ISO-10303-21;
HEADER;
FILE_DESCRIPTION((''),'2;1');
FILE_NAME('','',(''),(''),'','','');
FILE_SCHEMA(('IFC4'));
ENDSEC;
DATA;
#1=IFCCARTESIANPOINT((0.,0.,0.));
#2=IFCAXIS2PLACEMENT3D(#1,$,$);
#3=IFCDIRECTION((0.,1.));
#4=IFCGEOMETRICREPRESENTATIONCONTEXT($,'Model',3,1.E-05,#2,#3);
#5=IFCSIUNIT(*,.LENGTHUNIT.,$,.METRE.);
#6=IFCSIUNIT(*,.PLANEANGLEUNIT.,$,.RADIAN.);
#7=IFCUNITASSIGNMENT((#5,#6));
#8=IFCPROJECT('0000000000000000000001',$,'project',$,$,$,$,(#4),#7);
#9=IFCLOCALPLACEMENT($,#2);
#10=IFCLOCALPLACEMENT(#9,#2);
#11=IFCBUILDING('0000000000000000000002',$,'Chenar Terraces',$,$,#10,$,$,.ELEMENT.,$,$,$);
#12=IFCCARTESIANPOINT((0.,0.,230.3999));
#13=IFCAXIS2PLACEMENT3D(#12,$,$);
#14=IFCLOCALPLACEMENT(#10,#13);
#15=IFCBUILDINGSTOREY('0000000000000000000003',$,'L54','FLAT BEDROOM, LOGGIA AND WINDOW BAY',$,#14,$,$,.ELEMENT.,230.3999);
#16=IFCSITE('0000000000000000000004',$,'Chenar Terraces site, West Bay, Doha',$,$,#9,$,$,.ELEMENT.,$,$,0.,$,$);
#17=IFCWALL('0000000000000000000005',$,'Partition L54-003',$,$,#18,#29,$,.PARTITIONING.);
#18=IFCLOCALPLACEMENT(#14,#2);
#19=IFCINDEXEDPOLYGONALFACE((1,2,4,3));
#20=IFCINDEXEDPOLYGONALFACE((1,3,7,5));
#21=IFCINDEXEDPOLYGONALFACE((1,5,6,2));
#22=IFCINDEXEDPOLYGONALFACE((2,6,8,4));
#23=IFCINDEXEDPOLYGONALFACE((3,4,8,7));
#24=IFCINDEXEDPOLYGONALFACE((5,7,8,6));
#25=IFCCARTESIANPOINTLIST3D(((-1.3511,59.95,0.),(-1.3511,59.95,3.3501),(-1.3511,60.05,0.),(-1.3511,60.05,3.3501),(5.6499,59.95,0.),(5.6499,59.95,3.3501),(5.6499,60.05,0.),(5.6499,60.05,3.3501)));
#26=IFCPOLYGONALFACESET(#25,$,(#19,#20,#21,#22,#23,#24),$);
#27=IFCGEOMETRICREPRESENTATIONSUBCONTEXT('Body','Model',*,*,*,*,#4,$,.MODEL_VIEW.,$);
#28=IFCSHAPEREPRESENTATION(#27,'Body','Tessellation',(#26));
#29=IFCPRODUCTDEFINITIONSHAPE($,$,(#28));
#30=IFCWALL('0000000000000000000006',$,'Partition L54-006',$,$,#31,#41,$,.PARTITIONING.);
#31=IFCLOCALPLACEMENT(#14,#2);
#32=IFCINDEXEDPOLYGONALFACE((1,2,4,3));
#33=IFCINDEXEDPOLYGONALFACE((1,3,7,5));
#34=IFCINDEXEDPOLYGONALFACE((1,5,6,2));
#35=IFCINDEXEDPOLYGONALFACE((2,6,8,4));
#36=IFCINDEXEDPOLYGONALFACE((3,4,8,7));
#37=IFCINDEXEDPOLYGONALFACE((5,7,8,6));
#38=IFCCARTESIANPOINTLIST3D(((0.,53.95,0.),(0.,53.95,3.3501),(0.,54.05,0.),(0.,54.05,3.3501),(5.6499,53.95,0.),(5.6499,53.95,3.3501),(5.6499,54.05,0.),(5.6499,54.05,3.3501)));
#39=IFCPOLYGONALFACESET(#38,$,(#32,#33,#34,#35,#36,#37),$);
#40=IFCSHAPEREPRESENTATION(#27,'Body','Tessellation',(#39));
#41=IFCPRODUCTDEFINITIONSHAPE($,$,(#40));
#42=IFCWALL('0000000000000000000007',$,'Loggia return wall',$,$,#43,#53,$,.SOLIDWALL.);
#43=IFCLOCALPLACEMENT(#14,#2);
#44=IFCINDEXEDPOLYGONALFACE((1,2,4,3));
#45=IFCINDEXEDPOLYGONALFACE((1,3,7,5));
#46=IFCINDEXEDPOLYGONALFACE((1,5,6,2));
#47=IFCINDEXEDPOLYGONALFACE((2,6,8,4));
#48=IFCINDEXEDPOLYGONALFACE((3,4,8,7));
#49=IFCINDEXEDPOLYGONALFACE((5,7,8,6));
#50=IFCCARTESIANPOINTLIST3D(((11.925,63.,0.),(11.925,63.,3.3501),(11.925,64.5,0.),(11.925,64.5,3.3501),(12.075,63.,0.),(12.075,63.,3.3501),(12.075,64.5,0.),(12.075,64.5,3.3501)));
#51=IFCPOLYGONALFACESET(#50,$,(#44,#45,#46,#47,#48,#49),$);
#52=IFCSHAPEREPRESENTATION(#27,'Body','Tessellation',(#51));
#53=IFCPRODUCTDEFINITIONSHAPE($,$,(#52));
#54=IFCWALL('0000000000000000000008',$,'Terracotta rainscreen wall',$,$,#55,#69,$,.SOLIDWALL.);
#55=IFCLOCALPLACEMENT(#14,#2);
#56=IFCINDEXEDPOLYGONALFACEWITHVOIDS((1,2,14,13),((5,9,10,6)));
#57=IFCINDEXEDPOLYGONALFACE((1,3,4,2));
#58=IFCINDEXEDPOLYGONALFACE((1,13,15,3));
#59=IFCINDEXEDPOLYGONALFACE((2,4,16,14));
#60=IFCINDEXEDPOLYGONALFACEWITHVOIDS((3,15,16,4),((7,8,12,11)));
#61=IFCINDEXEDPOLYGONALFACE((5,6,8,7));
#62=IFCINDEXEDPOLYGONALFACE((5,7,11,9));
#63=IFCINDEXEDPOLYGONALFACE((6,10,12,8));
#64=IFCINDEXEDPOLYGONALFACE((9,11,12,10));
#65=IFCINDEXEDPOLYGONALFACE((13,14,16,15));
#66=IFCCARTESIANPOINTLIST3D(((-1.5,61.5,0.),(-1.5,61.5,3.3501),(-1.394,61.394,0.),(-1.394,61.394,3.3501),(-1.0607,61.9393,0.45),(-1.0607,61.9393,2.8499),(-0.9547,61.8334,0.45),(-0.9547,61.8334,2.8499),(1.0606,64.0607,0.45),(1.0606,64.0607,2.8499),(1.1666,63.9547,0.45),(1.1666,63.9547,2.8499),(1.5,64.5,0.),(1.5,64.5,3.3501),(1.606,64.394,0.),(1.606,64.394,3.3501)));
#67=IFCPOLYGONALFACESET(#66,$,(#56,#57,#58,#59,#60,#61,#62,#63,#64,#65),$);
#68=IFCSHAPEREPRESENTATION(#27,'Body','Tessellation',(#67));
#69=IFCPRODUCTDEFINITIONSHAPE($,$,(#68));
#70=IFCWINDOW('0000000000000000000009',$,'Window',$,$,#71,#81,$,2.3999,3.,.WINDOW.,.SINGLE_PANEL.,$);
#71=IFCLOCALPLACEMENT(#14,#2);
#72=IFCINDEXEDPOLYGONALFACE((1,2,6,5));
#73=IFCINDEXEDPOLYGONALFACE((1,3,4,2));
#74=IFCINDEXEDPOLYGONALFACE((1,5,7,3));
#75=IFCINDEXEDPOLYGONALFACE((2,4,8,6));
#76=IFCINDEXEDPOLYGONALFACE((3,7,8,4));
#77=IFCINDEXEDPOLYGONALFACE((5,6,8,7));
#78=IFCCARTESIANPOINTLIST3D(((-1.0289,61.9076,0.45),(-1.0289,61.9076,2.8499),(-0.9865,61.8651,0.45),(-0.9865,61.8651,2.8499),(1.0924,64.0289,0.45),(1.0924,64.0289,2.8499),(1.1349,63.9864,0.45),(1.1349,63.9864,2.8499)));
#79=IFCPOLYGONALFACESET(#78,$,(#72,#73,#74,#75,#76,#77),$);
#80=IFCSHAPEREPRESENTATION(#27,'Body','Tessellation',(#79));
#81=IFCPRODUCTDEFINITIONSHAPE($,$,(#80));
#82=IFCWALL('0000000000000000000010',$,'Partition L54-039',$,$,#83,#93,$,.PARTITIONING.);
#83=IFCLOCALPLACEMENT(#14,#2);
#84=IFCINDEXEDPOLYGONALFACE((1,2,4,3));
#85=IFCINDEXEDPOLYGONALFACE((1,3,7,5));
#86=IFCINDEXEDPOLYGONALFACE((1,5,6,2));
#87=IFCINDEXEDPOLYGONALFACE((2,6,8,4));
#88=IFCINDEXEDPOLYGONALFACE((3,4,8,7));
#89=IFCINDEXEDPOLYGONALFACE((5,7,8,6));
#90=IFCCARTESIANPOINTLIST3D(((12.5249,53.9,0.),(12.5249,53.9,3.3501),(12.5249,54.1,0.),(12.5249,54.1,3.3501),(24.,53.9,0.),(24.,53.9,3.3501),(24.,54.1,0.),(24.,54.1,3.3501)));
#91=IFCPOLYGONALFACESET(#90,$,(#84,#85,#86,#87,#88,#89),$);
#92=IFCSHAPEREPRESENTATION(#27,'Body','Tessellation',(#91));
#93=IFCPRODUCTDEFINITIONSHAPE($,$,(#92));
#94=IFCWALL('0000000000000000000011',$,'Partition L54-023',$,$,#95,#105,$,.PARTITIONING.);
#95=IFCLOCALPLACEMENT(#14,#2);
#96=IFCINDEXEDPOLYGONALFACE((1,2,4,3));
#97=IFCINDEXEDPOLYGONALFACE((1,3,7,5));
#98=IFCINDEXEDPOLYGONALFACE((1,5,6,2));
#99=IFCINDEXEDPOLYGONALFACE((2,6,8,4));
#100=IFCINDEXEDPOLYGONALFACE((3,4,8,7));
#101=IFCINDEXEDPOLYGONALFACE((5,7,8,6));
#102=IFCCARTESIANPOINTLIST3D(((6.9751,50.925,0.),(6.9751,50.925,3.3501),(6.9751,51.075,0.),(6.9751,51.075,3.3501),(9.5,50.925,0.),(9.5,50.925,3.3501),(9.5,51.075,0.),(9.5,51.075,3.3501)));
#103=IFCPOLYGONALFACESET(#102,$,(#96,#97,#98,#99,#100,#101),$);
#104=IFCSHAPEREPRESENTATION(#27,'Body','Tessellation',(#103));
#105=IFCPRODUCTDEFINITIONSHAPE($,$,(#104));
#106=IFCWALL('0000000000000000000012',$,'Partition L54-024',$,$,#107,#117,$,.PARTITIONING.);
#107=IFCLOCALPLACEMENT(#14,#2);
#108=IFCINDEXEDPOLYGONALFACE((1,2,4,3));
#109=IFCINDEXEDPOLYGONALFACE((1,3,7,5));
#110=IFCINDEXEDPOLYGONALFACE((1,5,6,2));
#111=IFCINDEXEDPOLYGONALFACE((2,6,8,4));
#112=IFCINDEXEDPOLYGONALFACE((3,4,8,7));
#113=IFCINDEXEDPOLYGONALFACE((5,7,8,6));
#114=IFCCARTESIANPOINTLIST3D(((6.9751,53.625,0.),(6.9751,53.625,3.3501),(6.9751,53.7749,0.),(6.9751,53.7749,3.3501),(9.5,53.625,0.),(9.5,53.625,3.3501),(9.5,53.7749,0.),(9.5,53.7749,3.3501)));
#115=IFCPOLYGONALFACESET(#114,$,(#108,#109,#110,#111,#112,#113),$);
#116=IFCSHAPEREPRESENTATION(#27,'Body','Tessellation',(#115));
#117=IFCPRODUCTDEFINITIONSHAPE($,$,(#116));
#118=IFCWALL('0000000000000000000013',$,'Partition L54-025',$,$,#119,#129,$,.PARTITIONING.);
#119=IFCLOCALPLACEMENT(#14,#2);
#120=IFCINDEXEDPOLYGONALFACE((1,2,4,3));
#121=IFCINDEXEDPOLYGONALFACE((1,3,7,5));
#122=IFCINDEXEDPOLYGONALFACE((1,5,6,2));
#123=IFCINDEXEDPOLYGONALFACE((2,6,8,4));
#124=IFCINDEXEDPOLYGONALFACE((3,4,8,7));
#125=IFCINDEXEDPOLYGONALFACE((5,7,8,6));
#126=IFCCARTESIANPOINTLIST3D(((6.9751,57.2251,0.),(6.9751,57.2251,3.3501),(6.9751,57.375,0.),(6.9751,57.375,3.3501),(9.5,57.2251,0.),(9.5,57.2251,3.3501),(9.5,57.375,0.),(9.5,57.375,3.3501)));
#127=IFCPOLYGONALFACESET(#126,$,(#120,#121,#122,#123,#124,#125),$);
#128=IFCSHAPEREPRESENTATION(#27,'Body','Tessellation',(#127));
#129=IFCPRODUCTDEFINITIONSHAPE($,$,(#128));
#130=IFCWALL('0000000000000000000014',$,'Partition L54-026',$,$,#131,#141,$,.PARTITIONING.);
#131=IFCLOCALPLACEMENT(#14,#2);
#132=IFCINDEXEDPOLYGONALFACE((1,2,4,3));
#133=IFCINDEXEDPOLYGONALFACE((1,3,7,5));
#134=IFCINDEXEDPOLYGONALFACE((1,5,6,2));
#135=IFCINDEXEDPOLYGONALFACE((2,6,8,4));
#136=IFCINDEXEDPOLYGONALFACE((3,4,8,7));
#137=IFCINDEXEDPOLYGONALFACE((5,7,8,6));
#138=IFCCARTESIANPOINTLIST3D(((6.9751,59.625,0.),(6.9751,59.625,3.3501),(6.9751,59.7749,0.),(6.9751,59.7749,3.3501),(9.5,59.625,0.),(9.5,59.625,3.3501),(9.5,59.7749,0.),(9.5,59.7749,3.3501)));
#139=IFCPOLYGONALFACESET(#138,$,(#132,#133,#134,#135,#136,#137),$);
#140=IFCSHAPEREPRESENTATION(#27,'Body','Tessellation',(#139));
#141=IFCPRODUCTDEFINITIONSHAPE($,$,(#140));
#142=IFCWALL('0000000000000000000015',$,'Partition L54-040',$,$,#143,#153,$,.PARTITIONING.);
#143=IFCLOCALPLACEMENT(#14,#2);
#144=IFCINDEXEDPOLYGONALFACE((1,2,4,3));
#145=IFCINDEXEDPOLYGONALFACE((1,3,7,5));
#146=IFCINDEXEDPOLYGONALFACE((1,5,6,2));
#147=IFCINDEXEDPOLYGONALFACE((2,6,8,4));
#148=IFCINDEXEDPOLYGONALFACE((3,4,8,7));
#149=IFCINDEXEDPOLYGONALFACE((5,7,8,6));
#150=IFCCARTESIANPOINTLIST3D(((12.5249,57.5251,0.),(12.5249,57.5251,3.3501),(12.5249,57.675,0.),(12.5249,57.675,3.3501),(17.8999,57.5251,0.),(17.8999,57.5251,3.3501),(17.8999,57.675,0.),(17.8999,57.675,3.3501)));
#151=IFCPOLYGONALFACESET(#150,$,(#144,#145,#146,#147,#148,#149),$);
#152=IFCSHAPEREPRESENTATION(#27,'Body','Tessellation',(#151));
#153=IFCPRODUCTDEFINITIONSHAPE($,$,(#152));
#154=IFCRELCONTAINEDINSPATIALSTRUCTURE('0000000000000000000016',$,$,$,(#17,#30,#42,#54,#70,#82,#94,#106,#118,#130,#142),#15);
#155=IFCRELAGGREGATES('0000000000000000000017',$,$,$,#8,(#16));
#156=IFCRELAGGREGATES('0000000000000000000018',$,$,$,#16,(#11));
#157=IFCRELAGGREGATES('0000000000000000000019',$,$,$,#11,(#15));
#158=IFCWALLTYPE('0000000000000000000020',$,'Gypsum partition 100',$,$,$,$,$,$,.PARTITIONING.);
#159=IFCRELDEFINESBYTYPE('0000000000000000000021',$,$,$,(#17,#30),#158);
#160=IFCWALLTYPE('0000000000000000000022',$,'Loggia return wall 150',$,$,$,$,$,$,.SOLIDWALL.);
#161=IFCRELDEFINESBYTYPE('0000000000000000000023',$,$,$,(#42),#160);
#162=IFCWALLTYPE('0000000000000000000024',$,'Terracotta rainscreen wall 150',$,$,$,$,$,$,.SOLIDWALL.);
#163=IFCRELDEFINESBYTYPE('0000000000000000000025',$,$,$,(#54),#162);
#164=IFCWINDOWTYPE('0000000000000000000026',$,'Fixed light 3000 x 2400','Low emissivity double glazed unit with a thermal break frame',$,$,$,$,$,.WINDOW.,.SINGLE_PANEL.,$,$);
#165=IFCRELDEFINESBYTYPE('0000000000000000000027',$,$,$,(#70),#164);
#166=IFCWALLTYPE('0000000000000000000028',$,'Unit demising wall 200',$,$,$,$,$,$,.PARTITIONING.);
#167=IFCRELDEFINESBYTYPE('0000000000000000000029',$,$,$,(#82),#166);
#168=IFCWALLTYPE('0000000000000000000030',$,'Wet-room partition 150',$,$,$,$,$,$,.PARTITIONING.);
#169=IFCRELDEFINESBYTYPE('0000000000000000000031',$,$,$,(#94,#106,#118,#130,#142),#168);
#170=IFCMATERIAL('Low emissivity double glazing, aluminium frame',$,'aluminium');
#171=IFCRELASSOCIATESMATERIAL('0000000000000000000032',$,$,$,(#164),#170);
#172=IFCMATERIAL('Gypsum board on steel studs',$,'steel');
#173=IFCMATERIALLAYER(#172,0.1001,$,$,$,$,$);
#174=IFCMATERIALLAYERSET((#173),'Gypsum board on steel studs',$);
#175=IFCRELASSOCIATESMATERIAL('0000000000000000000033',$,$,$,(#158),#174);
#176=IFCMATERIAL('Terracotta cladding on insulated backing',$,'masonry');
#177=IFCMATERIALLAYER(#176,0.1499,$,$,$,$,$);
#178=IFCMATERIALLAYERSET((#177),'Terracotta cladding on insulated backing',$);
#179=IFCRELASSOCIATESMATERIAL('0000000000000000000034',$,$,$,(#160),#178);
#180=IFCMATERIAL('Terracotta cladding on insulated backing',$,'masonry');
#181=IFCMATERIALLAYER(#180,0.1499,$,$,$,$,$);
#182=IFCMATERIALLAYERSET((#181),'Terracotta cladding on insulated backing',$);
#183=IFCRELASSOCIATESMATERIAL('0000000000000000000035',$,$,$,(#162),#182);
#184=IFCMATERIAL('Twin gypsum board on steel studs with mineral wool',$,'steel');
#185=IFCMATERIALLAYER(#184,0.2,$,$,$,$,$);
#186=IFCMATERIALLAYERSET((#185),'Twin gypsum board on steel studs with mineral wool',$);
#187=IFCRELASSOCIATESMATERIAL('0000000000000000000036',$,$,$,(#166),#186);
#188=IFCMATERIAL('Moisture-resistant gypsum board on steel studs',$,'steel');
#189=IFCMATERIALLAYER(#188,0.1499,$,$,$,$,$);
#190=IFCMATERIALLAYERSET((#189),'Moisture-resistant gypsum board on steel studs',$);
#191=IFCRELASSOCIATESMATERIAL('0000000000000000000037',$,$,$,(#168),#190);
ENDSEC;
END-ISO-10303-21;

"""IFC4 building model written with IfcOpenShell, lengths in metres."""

from ifc_helpers import new_model, si_unit, direction, frame, frame_2d, origin, place, context, subcontext, project, spatial, rectangle, extrude, material, layer, layer_set, type_object, element, fill, save


model = new_model("IFC4")

# Units and contexts
model_context = context("Model", 3, precision=1e-05, world=origin(), true_north=direction((0.0, 1.0)))
body_context = subcontext(model_context, "Body", "Model", "MODEL_VIEW")
ifc_project = project(units=[si_unit("LENGTHUNIT", "METRE"), si_unit("PLANEANGLEUNIT", "RADIAN")], contexts=[model_context])

# Site, building, storey
site_placement = place(None, origin())
site = spatial("IfcSite", under=ifc_project, at=site_placement, Name="Chenar Terraces site, West Bay, Doha", CompositionType="ELEMENT", RefElevation=0.0)
building_placement = place(site_placement, origin())
building = spatial("IfcBuilding", under=site, at=building_placement, Name="Chenar Terraces", CompositionType="ELEMENT")
storey_placement = place(building_placement, frame((0.0, 0.0, 230.3999)))
storey = spatial("IfcBuildingStorey", under=building, at=storey_placement, Name="L54", Description="FLAT BEDROOM, LOGGIA AND WINDOW BAY", CompositionType="ELEMENT", Elevation=230.3999)

# Shared definitions
placement = place(storey_placement, frame((0.0, 54.0, 0.0), z_axis=(0.0, 0.0, 1.0), x_axis=(1.0, 0.0, 0.0)))

# Shared definitions
ifc_material_1 = material(Name="Low emissivity double glazing, aluminium frame", Category="aluminium")
window_type_1 = type_object("IfcWindowType", Name="Fixed light 3000 x 2400", Description="Low emissivity double glazed unit with a thermal break frame", PartitioningType="SINGLE_PANEL", PredefinedType="WINDOW", material=ifc_material_1)

# Walls
ifc_material_2 = material(Name="Gypsum board on steel studs", Category="steel")
ifc_layer_1 = layer(ifc_material_2, 0.1001)
ifc_layer_set_1 = layer_set([ifc_layer_1], Name="Gypsum board on steel studs")
wall_type_1 = type_object("IfcWallType", Name="Gypsum partition 100", PredefinedType="PARTITIONING", material=ifc_layer_set_1)
for number, where, z_axis, x_axis, name in (
    (1, (-1.3511, 60.0, 0.0), (0.0, 0.0, 1.0), (1.0, 0.0, 0.0), "Partition L54-003"),
):
    element("IfcWall", number, at=place(storey_placement, frame(where, z_axis=z_axis, x_axis=x_axis)), inside=storey, type_object=wall_type_1, Name=name, PredefinedType="PARTITIONING", context=body_context, shape_type="SweptSolid", body=[
        extrude(rectangle(XDim=7.001, YDim=0.1001, at=frame_2d((3.5005, 0.0))), origin(), (0.0, 0.0, 1.0), 3.3501),
    ])
element("IfcWall", 2, at=placement, inside=storey, type_object=wall_type_1, Name="Partition L54-006", PredefinedType="PARTITIONING", context=body_context, shape_type="SweptSolid", body=[
    extrude(rectangle(XDim=5.6499, YDim=0.1001, at=frame_2d((2.825, 0.0))), origin(), (0.0, 0.0, 1.0), 3.3501),
])
ifc_material_3 = material(Name="Terracotta cladding on insulated backing", Category="masonry")
ifc_layer_2 = layer(ifc_material_3, 0.1499)
ifc_layer_set_2 = layer_set([ifc_layer_2], Name="Terracotta cladding on insulated backing")
wall_type_2 = type_object("IfcWallType", Name="Loggia return wall 150", PredefinedType="SOLIDWALL", material=ifc_layer_set_2)
wall_1_placement = place(storey_placement, frame((12.0, 64.5, 0.0), z_axis=(0.0, 0.0, 1.0), x_axis=(0.0, -1.0, 0.0)))
element("IfcWall", 3, at=wall_1_placement, inside=storey, type_object=wall_type_2, Name="Loggia return wall", PredefinedType="SOLIDWALL", context=body_context, shape_type="SweptSolid", body=[
    extrude(rectangle(XDim=1.5, YDim=0.1499, at=frame_2d((0.75, 0.0))), origin(), (0.0, 0.0, 1.0), 3.3501),
])

# Wall, opening, window
ifc_material_4 = material(Name="Terracotta cladding on insulated backing", Category="masonry")
ifc_layer_3 = layer(ifc_material_4, 0.1499)
ifc_layer_set_3 = layer_set([ifc_layer_3], Name="Terracotta cladding on insulated backing")
wall_type_3 = type_object("IfcWallType", Name="Terracotta rainscreen wall 150", PredefinedType="SOLIDWALL", material=ifc_layer_set_3)
wall_2_placement = place(storey_placement, frame((1.553, 64.447, 0.0), z_axis=(0.0, 0.0, 1.0), x_axis=(-0.707107, -0.707107, 0.0)))
wall_2 = element("IfcWall", 4, at=wall_2_placement, inside=storey, type_object=wall_type_3, Name="Terracotta rainscreen wall", PredefinedType="SOLIDWALL", context=body_context, shape_type="SweptSolid", body=[
    extrude(rectangle(XDim=4.2427, YDim=0.1499, at=frame_2d((2.1213, 0.0))), origin(), (0.0, 0.0, 1.0), 3.3501),
])
opening_1_placement = place(wall_2_placement, frame((0.6213, 0.0, 0.45)))
opening_1 = element("IfcOpeningElement", 5, at=opening_1_placement, cuts=wall_2, PredefinedType="OPENING", context=body_context, shape_type="SweptSolid", body=[
    extrude(rectangle(XDim=3.0, YDim=2.3999, at=frame_2d((1.5, 1.2))), frame((0.0, 0.085, 0.0), z_axis=(0.0, -1.0, 0.0), x_axis=(1.0, 0.0, 0.0)), (0.0, 0.0, 1.0), 0.1699),
])
window_1_placement = place(opening_1_placement, origin())
window_1 = element("IfcWindow", 6, at=window_1_placement, inside=storey, type_object=window_type_1, Name="Window", OverallHeight=2.3999, OverallWidth=3.0, PartitioningType="SINGLE_PANEL", PredefinedType="WINDOW", context=body_context, shape_type="SweptSolid", body=[
    extrude(rectangle(XDim=3.0, YDim=2.3999, at=frame_2d((1.5, 1.2))), frame((0.0, 0.03, 0.0), z_axis=(0.0, -1.0, 0.0), x_axis=(1.0, 0.0, 0.0)), (0.0, 0.0, 1.0), 0.0601),
])
fill(opening_1, window_1)

# Walls
ifc_material_5 = material(Name="Twin gypsum board on steel studs with mineral wool", Category="steel")
ifc_layer_4 = layer(ifc_material_5, 0.2)
ifc_layer_set_4 = layer_set([ifc_layer_4], Name="Twin gypsum board on steel studs with mineral wool")
wall_type_4 = type_object("IfcWallType", Name="Unit demising wall 200", PredefinedType="PARTITIONING", material=ifc_layer_set_4)
wall_3_placement = place(storey_placement, frame((12.5249, 54.0, 0.0), z_axis=(0.0, 0.0, 1.0), x_axis=(1.0, 0.0, 0.0)))
element("IfcWall", 7, at=wall_3_placement, inside=storey, type_object=wall_type_4, Name="Partition L54-039", PredefinedType="PARTITIONING", context=body_context, shape_type="SweptSolid", body=[
    extrude(rectangle(XDim=11.4751, YDim=0.2, at=frame_2d((5.7375, 0.0))), origin(), (0.0, 0.0, 1.0), 3.3501),
])
ifc_material_6 = material(Name="Moisture-resistant gypsum board on steel studs", Category="steel")
ifc_layer_5 = layer(ifc_material_6, 0.1499)
ifc_layer_set_5 = layer_set([ifc_layer_5], Name="Moisture-resistant gypsum board on steel studs")
wall_type_5 = type_object("IfcWallType", Name="Wet-room partition 150", PredefinedType="PARTITIONING", material=ifc_layer_set_5)
for number, where, z_axis, x_axis, name in (
    (8, (6.9751, 51.0, 0.0), (0.0, 0.0, 1.0), (1.0, 0.0, 0.0), "Partition L54-023"),
    (9, (6.9751, 53.7, 0.0), (0.0, 0.0, 1.0), (1.0, 0.0, 0.0), "Partition L54-024"),
    (10, (6.9751, 57.3, 0.0), (0.0, 0.0, 1.0), (1.0, 0.0, 0.0), "Partition L54-025"),
    (11, (6.9751, 59.7, 0.0), (0.0, 0.0, 1.0), (1.0, 0.0, 0.0), "Partition L54-026"),
):
    element("IfcWall", number, at=place(storey_placement, frame(where, z_axis=z_axis, x_axis=x_axis)), inside=storey, type_object=wall_type_5, Name=name, PredefinedType="PARTITIONING", context=body_context, shape_type="SweptSolid", body=[
        extrude(rectangle(XDim=2.5249, YDim=0.1499, at=frame_2d((1.2625, 0.0))), origin(), (0.0, 0.0, 1.0), 3.3501),
    ])
wall_4_placement = place(storey_placement, frame((12.5249, 57.6001, 0.0), z_axis=(0.0, 0.0, 1.0), x_axis=(1.0, 0.0, 0.0)))
element("IfcWall", 12, at=wall_4_placement, inside=storey, type_object=wall_type_5, Name="Partition L54-040", PredefinedType="PARTITIONING", context=body_context, shape_type="SweptSolid", body=[
    extrude(rectangle(XDim=5.375, YDim=0.1499, at=frame_2d((2.6875, 0.0))), origin(), (0.0, 0.0, 1.0), 3.3501),
])

save(model, "model.ifc")
